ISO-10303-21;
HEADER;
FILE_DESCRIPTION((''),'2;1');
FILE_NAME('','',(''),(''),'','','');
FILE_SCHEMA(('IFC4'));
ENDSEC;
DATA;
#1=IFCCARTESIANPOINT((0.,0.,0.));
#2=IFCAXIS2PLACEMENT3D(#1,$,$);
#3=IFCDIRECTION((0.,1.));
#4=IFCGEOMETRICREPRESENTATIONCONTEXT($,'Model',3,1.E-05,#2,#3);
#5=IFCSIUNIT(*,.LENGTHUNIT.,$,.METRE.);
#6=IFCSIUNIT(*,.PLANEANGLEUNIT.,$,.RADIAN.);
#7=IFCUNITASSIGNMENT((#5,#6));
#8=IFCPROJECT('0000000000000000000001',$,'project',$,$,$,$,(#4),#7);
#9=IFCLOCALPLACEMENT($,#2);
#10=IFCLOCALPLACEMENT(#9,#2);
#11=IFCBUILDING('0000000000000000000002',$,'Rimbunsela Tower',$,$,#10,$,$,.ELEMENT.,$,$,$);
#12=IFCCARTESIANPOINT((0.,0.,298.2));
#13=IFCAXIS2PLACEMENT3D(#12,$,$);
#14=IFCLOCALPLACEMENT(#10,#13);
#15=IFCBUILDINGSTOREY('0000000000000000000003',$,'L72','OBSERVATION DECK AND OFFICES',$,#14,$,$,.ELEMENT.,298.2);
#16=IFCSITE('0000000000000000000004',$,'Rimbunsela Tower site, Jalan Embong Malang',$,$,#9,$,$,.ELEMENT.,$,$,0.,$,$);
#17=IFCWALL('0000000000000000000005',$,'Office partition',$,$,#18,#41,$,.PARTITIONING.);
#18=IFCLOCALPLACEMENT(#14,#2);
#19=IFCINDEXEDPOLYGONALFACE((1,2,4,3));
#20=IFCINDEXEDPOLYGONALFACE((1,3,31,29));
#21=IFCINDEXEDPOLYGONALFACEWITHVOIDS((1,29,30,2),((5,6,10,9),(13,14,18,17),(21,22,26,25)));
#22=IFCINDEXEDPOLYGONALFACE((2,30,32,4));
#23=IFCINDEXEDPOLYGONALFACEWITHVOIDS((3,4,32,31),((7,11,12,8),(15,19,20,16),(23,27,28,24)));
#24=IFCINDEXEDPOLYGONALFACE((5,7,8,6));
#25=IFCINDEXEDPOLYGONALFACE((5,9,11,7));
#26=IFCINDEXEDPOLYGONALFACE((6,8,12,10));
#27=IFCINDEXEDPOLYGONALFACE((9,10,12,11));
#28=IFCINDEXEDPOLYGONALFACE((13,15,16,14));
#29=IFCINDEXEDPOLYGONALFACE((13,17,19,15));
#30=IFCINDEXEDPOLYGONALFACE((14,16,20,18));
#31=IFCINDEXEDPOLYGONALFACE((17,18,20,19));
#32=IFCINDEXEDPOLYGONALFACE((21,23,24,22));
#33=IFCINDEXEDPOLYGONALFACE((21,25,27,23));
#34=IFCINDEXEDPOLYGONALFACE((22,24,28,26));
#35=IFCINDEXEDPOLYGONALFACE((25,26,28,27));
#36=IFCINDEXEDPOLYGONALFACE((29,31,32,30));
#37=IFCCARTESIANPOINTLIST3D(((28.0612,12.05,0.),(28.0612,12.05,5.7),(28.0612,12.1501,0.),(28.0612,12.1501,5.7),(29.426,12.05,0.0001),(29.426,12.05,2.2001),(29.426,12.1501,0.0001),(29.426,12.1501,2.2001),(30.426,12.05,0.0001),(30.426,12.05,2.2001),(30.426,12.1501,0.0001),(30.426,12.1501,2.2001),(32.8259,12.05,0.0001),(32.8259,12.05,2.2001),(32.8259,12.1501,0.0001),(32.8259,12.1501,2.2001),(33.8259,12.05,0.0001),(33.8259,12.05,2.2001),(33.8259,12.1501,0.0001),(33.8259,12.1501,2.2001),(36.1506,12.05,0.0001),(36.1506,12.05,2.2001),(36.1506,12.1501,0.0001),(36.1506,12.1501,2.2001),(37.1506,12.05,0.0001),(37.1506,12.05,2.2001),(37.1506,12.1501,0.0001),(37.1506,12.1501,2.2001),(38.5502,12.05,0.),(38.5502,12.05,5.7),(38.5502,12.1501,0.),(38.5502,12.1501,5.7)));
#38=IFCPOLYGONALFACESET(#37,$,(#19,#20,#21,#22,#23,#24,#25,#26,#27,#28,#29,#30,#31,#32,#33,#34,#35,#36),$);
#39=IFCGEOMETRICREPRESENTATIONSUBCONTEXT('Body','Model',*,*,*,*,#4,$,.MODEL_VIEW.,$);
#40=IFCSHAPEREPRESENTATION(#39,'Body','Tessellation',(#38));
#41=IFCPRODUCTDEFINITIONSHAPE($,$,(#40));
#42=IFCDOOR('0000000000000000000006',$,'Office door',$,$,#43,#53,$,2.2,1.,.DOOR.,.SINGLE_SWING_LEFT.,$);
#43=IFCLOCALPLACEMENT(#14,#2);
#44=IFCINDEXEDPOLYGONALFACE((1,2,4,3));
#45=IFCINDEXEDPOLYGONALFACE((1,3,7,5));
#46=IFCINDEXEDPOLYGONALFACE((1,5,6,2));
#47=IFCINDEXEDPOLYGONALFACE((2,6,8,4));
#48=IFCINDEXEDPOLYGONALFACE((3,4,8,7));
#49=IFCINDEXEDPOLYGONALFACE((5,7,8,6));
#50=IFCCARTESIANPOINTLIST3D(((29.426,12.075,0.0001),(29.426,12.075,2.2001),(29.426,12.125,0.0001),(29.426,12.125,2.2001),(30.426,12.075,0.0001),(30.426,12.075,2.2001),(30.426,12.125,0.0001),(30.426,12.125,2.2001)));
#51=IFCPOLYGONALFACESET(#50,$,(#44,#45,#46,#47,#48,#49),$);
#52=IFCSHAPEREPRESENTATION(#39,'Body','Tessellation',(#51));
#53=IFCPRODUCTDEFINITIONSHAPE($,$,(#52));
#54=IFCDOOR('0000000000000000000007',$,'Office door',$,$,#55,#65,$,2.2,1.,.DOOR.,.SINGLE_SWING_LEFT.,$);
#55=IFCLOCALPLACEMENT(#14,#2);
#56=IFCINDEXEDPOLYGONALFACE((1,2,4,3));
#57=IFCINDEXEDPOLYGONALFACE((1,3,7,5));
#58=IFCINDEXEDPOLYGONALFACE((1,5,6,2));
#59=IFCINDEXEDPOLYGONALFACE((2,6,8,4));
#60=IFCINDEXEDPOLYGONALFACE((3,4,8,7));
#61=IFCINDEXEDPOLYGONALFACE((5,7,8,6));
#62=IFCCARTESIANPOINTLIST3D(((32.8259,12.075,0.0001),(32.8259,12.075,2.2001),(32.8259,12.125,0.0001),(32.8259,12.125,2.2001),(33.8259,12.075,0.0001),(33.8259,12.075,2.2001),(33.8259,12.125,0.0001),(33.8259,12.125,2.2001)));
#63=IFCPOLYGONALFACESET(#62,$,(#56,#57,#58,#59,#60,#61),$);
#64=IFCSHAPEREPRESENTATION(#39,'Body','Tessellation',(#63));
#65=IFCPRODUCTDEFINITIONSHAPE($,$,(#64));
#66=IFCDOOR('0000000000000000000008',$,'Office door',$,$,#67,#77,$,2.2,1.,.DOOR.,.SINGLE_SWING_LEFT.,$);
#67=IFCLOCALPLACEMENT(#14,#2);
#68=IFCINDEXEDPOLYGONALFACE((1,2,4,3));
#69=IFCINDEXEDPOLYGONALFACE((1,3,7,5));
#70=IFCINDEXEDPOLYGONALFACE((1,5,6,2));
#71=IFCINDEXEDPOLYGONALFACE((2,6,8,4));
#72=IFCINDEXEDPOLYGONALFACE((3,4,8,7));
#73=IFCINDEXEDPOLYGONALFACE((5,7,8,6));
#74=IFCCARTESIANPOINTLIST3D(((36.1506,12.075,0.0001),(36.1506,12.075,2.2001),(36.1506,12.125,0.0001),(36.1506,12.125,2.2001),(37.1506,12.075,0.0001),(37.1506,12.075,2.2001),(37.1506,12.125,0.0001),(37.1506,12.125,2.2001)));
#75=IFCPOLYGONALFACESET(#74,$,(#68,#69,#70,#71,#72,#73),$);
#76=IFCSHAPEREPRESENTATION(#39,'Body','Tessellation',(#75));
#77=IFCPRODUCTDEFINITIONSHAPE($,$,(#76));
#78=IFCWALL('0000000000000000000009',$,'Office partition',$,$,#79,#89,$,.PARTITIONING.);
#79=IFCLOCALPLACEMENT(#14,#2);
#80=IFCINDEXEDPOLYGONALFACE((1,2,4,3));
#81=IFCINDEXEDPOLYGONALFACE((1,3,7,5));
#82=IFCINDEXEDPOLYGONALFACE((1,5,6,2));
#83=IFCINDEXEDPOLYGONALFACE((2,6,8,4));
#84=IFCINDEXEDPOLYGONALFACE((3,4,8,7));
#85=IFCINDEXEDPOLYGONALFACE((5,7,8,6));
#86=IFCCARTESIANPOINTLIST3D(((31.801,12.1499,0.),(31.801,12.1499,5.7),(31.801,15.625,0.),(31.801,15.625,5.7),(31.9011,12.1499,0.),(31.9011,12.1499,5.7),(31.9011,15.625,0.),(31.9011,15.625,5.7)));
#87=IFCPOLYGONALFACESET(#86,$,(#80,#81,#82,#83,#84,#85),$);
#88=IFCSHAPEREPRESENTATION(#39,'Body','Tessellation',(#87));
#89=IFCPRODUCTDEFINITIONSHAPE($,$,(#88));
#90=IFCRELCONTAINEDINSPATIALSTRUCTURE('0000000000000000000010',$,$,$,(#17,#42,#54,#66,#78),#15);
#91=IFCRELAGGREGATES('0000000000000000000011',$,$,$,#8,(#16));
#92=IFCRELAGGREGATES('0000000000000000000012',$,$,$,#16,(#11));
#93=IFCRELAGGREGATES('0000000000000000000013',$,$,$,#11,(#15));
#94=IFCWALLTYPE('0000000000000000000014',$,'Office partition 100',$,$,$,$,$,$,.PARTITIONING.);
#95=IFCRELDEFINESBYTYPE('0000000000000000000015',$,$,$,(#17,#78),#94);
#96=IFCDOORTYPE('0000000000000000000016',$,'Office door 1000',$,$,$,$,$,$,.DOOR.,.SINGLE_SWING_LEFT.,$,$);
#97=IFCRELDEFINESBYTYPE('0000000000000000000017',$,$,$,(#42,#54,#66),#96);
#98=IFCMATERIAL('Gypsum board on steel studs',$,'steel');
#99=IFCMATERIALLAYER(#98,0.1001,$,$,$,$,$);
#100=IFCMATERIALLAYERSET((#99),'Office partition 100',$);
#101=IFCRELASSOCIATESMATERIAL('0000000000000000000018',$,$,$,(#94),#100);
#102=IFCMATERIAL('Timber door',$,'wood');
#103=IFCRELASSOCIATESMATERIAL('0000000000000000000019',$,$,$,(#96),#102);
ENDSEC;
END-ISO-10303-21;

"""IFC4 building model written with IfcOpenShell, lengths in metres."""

from ifc_helpers import new_model, si_unit, direction, frame, frame_2d, origin, place, context, subcontext, project, spatial, rectangle, extrude, material, layer, layer_set, type_object, element, fill, save


model = new_model("IFC4")

# Units and contexts
model_context = context("Model", 3, precision=1e-05, world=origin(), true_north=direction((0.0, 1.0)))
body_context = subcontext(model_context, "Body", "Model", "MODEL_VIEW")
ifc_project = project(units=[si_unit("LENGTHUNIT", "METRE"), si_unit("PLANEANGLEUNIT", "RADIAN")], contexts=[model_context])

# Site, building, storey
site_placement = place(None, origin())
site = spatial("IfcSite", under=ifc_project, at=site_placement, Name="Rimbunsela Tower site, Jalan Embong Malang", CompositionType="ELEMENT", RefElevation=0.0)
building_placement = place(site_placement, origin())
building = spatial("IfcBuilding", under=site, at=building_placement, Name="Rimbunsela Tower", CompositionType="ELEMENT")
storey_placement = place(building_placement, frame((0.0, 0.0, 298.2)))
storey = spatial("IfcBuildingStorey", under=building, at=storey_placement, Name="L72", Description="OBSERVATION DECK AND OFFICES", CompositionType="ELEMENT", Elevation=298.2)

# Wall, openings, doors
ifc_material_1 = material(Name="Gypsum board on steel studs", Category="steel")
ifc_layer_1 = layer(ifc_material_1, 0.1001)
ifc_layer_set_1 = layer_set([ifc_layer_1], Name="Office partition 100")
wall_type = type_object("IfcWallType", Name="Office partition 100", PredefinedType="PARTITIONING", material=ifc_layer_set_1)
wall_1_placement = place(storey_placement, frame((28.061, 12.1001, 0.0), z_axis=(0.0, 0.0, 1.0), x_axis=(1.0, 0.0, 0.0)))
wall_1 = element("IfcWall", 1, at=wall_1_placement, inside=storey, type_object=wall_type, Name="Office partition", PredefinedType="PARTITIONING", context=body_context, shape_type="SweptSolid", body=[
    extrude(rectangle(XDim=10.489, YDim=0.1001, at=frame_2d((5.2446, 0.0))), origin(), (0.0, 0.0, 1.0), 5.7),
])
opening_1_placement = place(wall_1_placement, frame((1.365, 0.0, 0.0)))
opening_1 = element("IfcOpeningElement", 2, at=opening_1_placement, cuts=wall_1, PredefinedType="OPENING", context=body_context, shape_type="SweptSolid", body=[
    extrude(rectangle(XDim=1.0, YDim=2.2, at=frame_2d((0.5, 1.1001))), frame((0.0, 0.0601, 0.0), z_axis=(0.0, -1.0, 0.0), x_axis=(1.0, 0.0, 0.0)), (0.0, 0.0, 1.0), 0.1201),
])
opening_2_placement = place(wall_1_placement, frame((4.7649, 0.0, 0.0)))
opening_2 = element("IfcOpeningElement", 3, at=opening_2_placement, cuts=wall_1, PredefinedType="OPENING", context=body_context, shape_type="SweptSolid", body=[
    extrude(rectangle(XDim=1.0, YDim=2.2, at=frame_2d((0.5, 1.1001))), frame((0.0, 0.0601, 0.0), z_axis=(0.0, -1.0, 0.0), x_axis=(1.0, 0.0, 0.0)), (0.0, 0.0, 1.0), 0.1201),
])
opening_3_placement = place(wall_1_placement, frame((8.0896, 0.0, 0.0)))
opening_3 = element("IfcOpeningElement", 4, at=opening_3_placement, cuts=wall_1, PredefinedType="OPENING", context=body_context, shape_type="SweptSolid", body=[
    extrude(rectangle(XDim=1.0, YDim=2.2, at=frame_2d((0.5, 1.1001))), frame((0.0, 0.0601, 0.0), z_axis=(0.0, -1.0, 0.0), x_axis=(1.0, 0.0, 0.0)), (0.0, 0.0, 1.0), 0.1201),
])
ifc_material_2 = material(Name="Timber door", Category="wood")
door_type = type_object("IfcDoorType", Name="Office door 1000", OperationType="SINGLE_SWING_LEFT", PredefinedType="DOOR", material=ifc_material_2)
door_1_placement = place(opening_1_placement, origin())
door_1 = element("IfcDoor", 5, at=door_1_placement, inside=storey, type_object=door_type, Name="Office door", OperationType="SINGLE_SWING_LEFT", OverallHeight=2.2, OverallWidth=1.0, PredefinedType="DOOR", context=body_context, shape_type="SweptSolid", body=[
    extrude(rectangle(XDim=1.0, YDim=2.2, at=frame_2d((0.5, 1.1001))), frame((0.0, 0.0249, 0.0), z_axis=(0.0, -1.0, 0.0), x_axis=(1.0, 0.0, 0.0)), (0.0, 0.0, 1.0), 0.05),
])
fill(opening_1, door_1)
door_2_placement = place(opening_2_placement, origin())
door_2 = element("IfcDoor", 6, at=door_2_placement, inside=storey, type_object=door_type, Name="Office door", OperationType="SINGLE_SWING_LEFT", OverallHeight=2.2, OverallWidth=1.0, PredefinedType="DOOR", context=body_context, shape_type="SweptSolid", body=[
    extrude(rectangle(XDim=1.0, YDim=2.2, at=frame_2d((0.5, 1.1001))), frame((0.0, 0.0249, 0.0), z_axis=(0.0, -1.0, 0.0), x_axis=(1.0, 0.0, 0.0)), (0.0, 0.0, 1.0), 0.05),
])
fill(opening_2, door_2)
door_3_placement = place(opening_3_placement, origin())
door_3 = element("IfcDoor", 7, at=door_3_placement, inside=storey, type_object=door_type, Name="Office door", OperationType="SINGLE_SWING_LEFT", OverallHeight=2.2, OverallWidth=1.0, PredefinedType="DOOR", context=body_context, shape_type="SweptSolid", body=[
    extrude(rectangle(XDim=1.0, YDim=2.2, at=frame_2d((0.5, 1.1001))), frame((0.0, 0.0249, 0.0), z_axis=(0.0, -1.0, 0.0), x_axis=(1.0, 0.0, 0.0)), (0.0, 0.0, 1.0), 0.05),
])
fill(opening_3, door_3)

# Wall
wall_2_placement = place(storey_placement, frame((31.8511, 12.1499, 0.0), z_axis=(0.0, 0.0, 1.0), x_axis=(0.0, 1.0, 0.0)))
element("IfcWall", 8, at=wall_2_placement, inside=storey, type_object=wall_type, Name="Office partition", PredefinedType="PARTITIONING", context=body_context, shape_type="SweptSolid", body=[
    extrude(rectangle(XDim=3.4751, YDim=0.1001, at=frame_2d((1.7375, 0.0))), origin(), (0.0, 0.0, 1.0), 5.7),
])

save(model, "model.ifc")
